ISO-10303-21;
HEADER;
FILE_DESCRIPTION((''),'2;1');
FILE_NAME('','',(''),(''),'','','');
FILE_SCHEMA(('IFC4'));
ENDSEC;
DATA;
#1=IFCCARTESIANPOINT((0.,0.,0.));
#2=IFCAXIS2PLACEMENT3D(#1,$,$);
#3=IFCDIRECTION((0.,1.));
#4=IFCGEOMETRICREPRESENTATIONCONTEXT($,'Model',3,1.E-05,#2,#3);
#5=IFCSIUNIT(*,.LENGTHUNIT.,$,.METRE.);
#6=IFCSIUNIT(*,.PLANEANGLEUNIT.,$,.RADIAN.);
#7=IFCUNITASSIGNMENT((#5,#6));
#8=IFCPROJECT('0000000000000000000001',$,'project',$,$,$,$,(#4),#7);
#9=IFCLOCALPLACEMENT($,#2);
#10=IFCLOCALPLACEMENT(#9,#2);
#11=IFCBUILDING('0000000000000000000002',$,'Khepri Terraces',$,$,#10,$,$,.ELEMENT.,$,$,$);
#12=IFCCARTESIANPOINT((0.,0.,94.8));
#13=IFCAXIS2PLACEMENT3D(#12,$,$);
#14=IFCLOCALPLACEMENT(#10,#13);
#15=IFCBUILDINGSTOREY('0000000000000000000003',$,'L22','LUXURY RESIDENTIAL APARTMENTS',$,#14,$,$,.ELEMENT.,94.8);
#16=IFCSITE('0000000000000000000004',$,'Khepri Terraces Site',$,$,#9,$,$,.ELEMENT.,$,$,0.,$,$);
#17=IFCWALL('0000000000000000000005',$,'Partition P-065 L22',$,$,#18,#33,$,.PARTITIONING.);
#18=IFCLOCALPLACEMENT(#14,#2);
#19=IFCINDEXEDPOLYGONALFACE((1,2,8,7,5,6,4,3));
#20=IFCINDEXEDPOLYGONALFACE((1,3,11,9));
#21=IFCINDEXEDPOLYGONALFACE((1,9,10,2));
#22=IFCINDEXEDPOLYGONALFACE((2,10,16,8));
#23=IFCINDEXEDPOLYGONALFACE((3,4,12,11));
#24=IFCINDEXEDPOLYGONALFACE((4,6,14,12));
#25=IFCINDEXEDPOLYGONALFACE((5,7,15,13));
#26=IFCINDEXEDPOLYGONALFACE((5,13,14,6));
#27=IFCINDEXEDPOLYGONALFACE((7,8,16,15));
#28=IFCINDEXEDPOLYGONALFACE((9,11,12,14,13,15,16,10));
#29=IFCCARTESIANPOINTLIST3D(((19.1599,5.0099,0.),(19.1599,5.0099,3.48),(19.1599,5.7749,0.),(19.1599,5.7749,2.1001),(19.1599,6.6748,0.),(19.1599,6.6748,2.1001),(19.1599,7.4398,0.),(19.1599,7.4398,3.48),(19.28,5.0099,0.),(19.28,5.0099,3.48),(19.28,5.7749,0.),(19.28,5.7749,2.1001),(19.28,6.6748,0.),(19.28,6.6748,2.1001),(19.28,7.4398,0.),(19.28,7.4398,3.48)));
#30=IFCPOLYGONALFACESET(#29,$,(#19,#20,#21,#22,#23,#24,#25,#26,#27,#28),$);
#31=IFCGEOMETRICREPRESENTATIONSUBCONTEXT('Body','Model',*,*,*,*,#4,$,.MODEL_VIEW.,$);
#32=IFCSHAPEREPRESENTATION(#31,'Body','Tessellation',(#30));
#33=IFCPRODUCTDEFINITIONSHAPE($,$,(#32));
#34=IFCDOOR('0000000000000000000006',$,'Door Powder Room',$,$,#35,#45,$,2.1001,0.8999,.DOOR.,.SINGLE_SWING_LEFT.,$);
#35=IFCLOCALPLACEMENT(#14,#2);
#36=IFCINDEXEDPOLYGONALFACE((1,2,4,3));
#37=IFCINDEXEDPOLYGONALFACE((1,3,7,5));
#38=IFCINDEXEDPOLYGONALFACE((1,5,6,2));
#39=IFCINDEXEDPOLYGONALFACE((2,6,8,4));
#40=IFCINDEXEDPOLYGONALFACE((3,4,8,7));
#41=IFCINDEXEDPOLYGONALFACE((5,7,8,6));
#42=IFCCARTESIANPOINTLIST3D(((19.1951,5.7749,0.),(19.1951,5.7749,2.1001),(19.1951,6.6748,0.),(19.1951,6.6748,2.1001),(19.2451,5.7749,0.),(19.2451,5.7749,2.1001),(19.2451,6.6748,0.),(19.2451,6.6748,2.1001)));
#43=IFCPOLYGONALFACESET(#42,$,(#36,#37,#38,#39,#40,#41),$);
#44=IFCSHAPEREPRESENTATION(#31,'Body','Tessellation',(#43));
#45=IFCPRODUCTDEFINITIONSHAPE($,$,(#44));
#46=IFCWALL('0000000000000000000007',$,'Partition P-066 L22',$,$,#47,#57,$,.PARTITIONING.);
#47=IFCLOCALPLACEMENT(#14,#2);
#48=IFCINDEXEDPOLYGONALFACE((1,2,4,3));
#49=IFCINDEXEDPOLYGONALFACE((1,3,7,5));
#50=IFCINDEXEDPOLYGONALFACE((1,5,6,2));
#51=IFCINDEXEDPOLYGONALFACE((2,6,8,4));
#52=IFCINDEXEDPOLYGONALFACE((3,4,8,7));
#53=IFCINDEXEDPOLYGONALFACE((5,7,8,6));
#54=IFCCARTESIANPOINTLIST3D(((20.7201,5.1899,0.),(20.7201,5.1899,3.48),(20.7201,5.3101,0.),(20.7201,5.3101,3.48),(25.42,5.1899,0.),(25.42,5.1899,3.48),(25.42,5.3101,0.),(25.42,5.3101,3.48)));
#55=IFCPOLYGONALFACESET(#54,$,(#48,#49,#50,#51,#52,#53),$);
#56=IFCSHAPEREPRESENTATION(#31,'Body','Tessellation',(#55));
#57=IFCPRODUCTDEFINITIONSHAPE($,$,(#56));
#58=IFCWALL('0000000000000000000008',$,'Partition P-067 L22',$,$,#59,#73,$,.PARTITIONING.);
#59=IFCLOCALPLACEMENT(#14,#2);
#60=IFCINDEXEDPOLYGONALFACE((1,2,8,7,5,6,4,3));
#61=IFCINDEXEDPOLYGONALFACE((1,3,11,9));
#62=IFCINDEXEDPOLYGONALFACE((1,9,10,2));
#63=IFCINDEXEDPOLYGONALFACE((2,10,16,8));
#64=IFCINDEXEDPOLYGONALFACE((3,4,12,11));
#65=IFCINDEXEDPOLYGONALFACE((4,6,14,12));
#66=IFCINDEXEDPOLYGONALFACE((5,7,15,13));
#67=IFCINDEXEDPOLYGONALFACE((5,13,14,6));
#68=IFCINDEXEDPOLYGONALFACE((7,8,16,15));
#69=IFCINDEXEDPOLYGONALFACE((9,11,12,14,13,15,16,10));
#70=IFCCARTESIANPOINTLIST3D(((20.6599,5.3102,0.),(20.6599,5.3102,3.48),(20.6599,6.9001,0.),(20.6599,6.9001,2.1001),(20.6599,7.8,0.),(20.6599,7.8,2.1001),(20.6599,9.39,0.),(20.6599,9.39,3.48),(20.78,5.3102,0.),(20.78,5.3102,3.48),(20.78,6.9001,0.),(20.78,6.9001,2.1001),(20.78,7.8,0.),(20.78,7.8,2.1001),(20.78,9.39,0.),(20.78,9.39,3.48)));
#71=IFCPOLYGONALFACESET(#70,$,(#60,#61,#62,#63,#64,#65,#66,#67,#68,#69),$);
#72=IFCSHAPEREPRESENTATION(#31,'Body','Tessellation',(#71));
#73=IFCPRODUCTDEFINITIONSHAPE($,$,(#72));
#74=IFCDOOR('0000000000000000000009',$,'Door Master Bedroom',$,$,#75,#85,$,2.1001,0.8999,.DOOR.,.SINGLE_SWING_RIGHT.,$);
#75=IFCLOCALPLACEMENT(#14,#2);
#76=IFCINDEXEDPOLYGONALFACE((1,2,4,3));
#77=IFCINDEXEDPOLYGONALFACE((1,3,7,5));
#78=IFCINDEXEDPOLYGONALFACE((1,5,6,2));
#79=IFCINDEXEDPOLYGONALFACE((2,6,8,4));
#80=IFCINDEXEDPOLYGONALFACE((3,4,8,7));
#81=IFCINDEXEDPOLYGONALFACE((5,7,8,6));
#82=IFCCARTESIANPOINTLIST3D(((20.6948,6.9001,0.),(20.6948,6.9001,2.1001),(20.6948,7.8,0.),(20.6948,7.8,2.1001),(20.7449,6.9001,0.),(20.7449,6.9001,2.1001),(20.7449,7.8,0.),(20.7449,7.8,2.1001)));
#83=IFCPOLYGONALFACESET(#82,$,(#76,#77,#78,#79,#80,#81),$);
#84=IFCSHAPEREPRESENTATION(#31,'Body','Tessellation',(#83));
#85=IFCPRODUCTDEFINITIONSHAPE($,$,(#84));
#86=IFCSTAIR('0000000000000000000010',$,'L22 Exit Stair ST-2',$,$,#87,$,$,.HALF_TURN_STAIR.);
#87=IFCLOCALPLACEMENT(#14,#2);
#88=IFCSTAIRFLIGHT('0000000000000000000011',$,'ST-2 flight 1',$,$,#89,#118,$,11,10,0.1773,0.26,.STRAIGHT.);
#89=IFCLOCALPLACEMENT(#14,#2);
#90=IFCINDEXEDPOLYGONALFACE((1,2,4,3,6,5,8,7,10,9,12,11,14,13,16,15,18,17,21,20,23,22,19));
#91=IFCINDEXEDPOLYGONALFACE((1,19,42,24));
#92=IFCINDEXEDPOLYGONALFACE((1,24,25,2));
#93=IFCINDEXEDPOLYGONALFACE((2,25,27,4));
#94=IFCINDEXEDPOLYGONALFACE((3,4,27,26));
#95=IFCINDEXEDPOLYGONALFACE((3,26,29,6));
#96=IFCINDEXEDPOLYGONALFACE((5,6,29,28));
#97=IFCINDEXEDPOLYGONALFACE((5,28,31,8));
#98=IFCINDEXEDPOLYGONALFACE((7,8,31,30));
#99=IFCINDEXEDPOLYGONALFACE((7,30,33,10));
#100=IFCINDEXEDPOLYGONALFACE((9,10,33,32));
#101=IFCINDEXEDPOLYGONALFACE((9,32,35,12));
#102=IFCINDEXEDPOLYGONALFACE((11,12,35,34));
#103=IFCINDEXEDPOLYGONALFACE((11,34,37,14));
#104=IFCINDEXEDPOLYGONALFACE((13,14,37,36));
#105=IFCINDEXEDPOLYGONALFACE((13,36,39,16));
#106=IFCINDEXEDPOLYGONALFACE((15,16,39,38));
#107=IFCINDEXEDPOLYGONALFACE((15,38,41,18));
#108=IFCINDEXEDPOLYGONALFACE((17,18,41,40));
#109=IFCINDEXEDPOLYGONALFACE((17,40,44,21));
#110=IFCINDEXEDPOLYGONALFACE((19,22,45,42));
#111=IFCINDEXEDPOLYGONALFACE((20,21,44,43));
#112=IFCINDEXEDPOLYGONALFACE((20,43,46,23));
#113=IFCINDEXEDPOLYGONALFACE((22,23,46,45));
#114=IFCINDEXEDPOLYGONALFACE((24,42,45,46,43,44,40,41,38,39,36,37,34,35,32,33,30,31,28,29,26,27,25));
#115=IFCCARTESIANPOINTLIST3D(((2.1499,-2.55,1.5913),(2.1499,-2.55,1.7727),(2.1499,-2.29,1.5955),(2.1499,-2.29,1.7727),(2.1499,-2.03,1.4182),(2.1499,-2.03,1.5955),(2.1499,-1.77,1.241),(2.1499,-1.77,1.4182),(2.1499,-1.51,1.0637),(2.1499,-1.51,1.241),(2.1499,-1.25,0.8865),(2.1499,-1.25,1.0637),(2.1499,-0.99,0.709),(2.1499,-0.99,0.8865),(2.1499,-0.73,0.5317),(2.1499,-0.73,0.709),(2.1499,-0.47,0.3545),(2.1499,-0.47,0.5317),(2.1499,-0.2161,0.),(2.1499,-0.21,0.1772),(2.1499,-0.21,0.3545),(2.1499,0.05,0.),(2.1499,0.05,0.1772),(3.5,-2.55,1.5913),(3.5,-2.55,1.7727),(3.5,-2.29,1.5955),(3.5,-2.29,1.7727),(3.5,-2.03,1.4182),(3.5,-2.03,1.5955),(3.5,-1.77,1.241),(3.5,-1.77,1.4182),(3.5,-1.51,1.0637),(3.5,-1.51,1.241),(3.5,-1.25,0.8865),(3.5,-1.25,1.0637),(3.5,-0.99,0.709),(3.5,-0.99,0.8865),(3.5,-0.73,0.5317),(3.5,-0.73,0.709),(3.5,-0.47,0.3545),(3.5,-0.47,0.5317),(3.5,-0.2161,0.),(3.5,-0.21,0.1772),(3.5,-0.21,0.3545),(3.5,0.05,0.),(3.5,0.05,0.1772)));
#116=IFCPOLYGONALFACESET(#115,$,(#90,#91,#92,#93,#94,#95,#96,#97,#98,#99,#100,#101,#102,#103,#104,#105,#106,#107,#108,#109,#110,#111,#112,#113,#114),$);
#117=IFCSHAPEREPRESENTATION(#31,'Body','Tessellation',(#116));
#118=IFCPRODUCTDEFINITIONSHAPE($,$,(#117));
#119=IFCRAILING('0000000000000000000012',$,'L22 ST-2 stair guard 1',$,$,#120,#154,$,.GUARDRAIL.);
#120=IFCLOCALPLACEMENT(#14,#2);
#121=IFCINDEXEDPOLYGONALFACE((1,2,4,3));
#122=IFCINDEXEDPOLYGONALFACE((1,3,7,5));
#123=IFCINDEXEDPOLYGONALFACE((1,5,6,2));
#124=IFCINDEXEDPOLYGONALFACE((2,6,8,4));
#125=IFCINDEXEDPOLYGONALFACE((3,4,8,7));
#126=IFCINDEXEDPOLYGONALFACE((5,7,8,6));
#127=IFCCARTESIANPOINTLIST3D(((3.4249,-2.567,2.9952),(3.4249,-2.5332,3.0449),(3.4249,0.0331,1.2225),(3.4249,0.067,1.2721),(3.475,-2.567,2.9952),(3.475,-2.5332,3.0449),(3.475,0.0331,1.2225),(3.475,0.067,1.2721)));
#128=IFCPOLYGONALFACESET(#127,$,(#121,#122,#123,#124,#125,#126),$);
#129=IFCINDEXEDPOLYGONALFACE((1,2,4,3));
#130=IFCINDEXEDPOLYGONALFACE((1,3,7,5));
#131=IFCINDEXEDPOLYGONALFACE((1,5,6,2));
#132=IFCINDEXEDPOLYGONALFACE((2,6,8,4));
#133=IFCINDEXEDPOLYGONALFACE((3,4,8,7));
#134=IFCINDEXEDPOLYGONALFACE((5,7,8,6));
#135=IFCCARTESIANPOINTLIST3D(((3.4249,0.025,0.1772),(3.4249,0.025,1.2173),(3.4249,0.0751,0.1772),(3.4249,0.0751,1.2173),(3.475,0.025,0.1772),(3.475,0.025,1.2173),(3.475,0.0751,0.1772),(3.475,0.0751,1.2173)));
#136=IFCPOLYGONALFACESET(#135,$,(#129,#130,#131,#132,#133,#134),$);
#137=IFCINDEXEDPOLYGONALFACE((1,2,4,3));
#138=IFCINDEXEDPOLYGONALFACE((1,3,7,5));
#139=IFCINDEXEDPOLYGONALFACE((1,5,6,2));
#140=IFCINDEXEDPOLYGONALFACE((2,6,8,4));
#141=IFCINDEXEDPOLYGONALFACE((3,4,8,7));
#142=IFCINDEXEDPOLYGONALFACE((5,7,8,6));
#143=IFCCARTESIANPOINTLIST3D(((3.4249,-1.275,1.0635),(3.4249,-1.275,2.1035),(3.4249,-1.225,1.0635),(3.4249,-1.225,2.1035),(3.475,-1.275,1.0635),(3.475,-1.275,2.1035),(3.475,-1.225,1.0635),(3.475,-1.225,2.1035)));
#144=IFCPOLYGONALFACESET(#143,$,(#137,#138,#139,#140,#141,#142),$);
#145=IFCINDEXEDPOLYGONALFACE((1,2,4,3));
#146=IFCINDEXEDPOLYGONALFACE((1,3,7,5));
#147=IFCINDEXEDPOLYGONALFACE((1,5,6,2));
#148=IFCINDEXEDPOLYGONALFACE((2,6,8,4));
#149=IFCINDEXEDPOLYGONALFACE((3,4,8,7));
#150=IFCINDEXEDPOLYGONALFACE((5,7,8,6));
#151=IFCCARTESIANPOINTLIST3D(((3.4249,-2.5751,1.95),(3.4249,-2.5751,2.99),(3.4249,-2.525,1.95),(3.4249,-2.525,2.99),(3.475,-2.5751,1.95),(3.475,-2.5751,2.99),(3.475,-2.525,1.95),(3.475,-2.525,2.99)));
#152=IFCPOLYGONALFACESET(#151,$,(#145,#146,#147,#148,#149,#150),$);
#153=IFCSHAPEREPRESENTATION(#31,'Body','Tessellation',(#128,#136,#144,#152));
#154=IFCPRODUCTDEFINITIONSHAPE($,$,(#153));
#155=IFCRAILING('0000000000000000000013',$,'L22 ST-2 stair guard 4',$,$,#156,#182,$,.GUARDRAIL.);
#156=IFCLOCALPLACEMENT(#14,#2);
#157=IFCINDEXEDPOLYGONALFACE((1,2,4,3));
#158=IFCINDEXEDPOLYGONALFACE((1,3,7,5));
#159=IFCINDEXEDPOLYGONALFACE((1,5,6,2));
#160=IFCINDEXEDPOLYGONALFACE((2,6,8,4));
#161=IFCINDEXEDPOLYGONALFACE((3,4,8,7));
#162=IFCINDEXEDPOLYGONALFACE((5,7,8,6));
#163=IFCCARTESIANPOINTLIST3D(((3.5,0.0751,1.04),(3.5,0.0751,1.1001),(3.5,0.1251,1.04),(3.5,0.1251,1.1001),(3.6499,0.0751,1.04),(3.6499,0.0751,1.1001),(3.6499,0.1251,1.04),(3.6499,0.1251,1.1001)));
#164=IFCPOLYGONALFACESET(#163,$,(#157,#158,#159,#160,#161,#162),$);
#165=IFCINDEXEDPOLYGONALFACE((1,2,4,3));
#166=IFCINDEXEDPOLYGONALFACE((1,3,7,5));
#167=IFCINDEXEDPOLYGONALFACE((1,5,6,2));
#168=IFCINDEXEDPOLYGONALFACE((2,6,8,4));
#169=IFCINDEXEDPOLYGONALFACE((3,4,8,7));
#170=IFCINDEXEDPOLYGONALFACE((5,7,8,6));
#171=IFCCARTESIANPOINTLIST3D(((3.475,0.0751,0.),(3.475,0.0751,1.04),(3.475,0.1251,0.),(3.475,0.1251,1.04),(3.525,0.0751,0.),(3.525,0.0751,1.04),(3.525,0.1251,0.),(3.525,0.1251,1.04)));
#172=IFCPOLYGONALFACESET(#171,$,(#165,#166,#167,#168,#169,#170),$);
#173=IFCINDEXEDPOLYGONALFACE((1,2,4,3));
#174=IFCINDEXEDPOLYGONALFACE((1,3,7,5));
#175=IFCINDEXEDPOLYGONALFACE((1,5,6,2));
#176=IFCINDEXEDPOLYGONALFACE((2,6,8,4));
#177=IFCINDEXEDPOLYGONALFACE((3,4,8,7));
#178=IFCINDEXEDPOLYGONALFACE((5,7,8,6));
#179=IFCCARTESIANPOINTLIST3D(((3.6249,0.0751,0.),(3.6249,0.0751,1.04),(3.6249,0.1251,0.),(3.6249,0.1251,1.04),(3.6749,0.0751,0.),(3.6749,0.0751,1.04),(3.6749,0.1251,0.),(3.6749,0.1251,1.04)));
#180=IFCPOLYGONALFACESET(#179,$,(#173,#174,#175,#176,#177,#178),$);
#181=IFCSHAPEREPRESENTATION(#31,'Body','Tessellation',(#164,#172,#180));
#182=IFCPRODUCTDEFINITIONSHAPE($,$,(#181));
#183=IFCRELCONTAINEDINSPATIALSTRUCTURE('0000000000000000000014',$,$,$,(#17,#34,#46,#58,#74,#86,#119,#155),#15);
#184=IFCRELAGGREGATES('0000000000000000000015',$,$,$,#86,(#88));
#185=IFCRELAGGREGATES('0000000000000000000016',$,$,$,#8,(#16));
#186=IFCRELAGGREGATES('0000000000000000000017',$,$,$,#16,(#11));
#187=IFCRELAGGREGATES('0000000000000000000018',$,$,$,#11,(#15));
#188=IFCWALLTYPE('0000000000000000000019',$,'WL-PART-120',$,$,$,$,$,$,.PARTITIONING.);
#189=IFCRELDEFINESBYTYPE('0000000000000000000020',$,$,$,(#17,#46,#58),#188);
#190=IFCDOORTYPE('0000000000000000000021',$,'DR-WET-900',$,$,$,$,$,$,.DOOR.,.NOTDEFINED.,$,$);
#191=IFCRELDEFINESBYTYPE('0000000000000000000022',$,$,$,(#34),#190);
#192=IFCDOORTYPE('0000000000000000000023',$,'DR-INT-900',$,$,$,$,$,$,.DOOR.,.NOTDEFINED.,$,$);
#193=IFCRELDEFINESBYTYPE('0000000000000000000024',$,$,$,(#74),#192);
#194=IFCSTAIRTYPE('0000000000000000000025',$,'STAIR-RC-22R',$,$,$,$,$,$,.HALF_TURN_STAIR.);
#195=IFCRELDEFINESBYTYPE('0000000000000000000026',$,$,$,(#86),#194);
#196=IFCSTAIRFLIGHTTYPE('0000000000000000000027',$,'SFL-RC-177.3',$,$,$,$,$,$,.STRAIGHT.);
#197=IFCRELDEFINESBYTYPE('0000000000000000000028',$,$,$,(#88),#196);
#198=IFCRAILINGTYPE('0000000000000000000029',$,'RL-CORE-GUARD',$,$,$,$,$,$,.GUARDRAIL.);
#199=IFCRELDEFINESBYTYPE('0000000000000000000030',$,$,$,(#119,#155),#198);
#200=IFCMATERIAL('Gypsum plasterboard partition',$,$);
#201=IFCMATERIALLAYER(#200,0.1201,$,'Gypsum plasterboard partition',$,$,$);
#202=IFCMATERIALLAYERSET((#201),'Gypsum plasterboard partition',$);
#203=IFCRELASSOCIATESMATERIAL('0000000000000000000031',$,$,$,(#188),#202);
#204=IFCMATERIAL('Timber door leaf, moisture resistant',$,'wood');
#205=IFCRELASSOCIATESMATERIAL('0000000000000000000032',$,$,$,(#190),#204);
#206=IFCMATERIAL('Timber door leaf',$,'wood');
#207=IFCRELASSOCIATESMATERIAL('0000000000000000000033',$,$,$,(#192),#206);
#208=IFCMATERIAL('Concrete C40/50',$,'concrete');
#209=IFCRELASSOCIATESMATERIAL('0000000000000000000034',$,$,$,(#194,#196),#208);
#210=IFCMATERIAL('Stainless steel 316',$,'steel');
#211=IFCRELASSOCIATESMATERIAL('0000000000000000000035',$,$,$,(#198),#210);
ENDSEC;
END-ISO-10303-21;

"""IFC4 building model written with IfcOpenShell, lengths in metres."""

from ifc_helpers import new_model, si_unit, direction, frame, frame_2d, origin, origin_2d, place, context, subcontext, project, spatial, polyline, rectangle, outline, extrude, material, layer, layer_set, type_object, element, fill, aggregate, save


model = new_model("IFC4")

# Units and contexts
model_context = context("Model", 3, precision=1e-05, world=origin(), true_north=direction((0.0, 1.0)))
body_context = subcontext(model_context, "Body", "Model", "MODEL_VIEW")
ifc_project = project(units=[si_unit("LENGTHUNIT", "METRE"), si_unit("PLANEANGLEUNIT", "RADIAN")], contexts=[model_context])

# Site, building, storey
site_placement = place(None, origin())
site = spatial("IfcSite", under=ifc_project, at=site_placement, Name="Khepri Terraces Site", CompositionType="ELEMENT", RefElevation=0.0)
building_placement = place(site_placement, origin())
building = spatial("IfcBuilding", under=site, at=building_placement, Name="Khepri Terraces", CompositionType="ELEMENT")
storey_placement = place(building_placement, frame((0.0, 0.0, 94.8)))
storey = spatial("IfcBuildingStorey", under=building, at=storey_placement, Name="L22", Description="LUXURY RESIDENTIAL APARTMENTS", CompositionType="ELEMENT", Elevation=94.8)

# Shared definitions
ifc_material_1 = material(Name="Gypsum plasterboard partition")
ifc_layer_1 = layer(ifc_material_1, 0.1201, Name="Gypsum plasterboard partition")
ifc_layer_set_1 = layer_set([ifc_layer_1], Name="Gypsum plasterboard partition")
wall_type_1 = type_object("IfcWallType", Name="WL-PART-120", PredefinedType="PARTITIONING", material=ifc_layer_set_1)
ifc_material_2 = material(Name="Timber door leaf, moisture resistant", Category="wood")
door_type_1 = type_object("IfcDoorType", Name="DR-WET-900", OperationType="NOTDEFINED", PredefinedType="DOOR", material=ifc_material_2)

# Wall, opening, door
wall_1_placement = place(storey_placement, frame((19.22, 5.01, 0.0), z_axis=(0.0, 0.0, 1.0), x_axis=(0.0, 1.0, 0.0)))
wall_1 = element("IfcWall", 1, at=wall_1_placement, inside=storey, type_object=wall_type_1, Name="Partition P-065 L22", PredefinedType="PARTITIONING", context=body_context, shape_type="SweptSolid", body=[
    extrude(rectangle(XDim=2.4299, YDim=0.1201, at=frame_2d((1.2148, 0.0))), origin(), (0.0, 0.0, 1.0), 3.48),
])
opening_1_placement = place(wall_1_placement, frame((0.7649, 0.0, 0.0)))
opening_1 = element("IfcOpeningElement", 2, at=opening_1_placement, cuts=wall_1, PredefinedType="OPENING", context=body_context, shape_type="SweptSolid", body=[
    extrude(rectangle(XDim=0.8999, YDim=2.1001, at=frame_2d((0.45, 1.05))), frame((0.0, 0.0701, 0.0), z_axis=(0.0, -1.0, 0.0), x_axis=(1.0, 0.0, 0.0)), (0.0, 0.0, 1.0), 0.1401),
])
door_1_placement = place(opening_1_placement, origin())
door_1 = element("IfcDoor", 3, at=door_1_placement, inside=storey, type_object=door_type_1, Name="Door Powder Room", OperationType="SINGLE_SWING_LEFT", OverallHeight=2.1001, OverallWidth=0.8999, PredefinedType="DOOR", context=body_context, shape_type="SweptSolid", body=[
    extrude(rectangle(XDim=0.8999, YDim=2.1001, at=frame_2d((0.45, 1.05))), frame((0.0, 0.0249, 0.0), z_axis=(0.0, -1.0, 0.0), x_axis=(1.0, 0.0, 0.0)), (0.0, 0.0, 1.0), 0.05),
])
fill(opening_1, door_1)

# Wall
wall_2_placement = place(storey_placement, frame((20.72, 5.25, 0.0), z_axis=(0.0, 0.0, 1.0), x_axis=(1.0, 0.0, 0.0)))
element("IfcWall", 4, at=wall_2_placement, inside=storey, type_object=wall_type_1, Name="Partition P-066 L22", PredefinedType="PARTITIONING", context=body_context, shape_type="SweptSolid", body=[
    extrude(rectangle(XDim=4.7, YDim=0.1201, at=frame_2d((2.3501, 0.0))), origin(), (0.0, 0.0, 1.0), 3.48),
])

# Wall, opening, door
wall_3_placement = place(storey_placement, frame((20.72, 5.3101, 0.0), z_axis=(0.0, 0.0, 1.0), x_axis=(0.0, 1.0, 0.0)))
wall_3 = element("IfcWall", 5, at=wall_3_placement, inside=storey, type_object=wall_type_1, Name="Partition P-067 L22", PredefinedType="PARTITIONING", context=body_context, shape_type="SweptSolid", body=[
    extrude(rectangle(XDim=4.0798, YDim=0.1201, at=frame_2d((2.04, 0.0))), origin(), (0.0, 0.0, 1.0), 3.48),
])
opening_2_placement = place(wall_3_placement, frame((1.5901, 0.0, 0.0)))
opening_2 = element("IfcOpeningElement", 6, at=opening_2_placement, cuts=wall_3, PredefinedType="OPENING", context=body_context, shape_type="SweptSolid", body=[
    extrude(rectangle(XDim=0.8999, YDim=2.1001, at=frame_2d((0.45, 1.05))), frame((0.0, 0.0701, 0.0), z_axis=(0.0, -1.0, 0.0), x_axis=(1.0, 0.0, 0.0)), (0.0, 0.0, 1.0), 0.1401),
])
ifc_material_3 = material(Name="Timber door leaf", Category="wood")
door_type_2 = type_object("IfcDoorType", Name="DR-INT-900", OperationType="NOTDEFINED", PredefinedType="DOOR", material=ifc_material_3)
door_2_placement = place(opening_2_placement, frame((0.8999, 0.0, 0.0), z_axis=(0.0, 0.0, 1.0), x_axis=(-1.0, 0.0, 0.0)))
door_2 = element("IfcDoor", 7, at=door_2_placement, inside=storey, type_object=door_type_2, Name="Door Master Bedroom", OperationType="SINGLE_SWING_RIGHT", OverallHeight=2.1001, OverallWidth=0.8999, PredefinedType="DOOR", context=body_context, shape_type="SweptSolid", body=[
    extrude(rectangle(XDim=0.8999, YDim=2.1001, at=frame_2d((0.45, 1.05))), frame((0.0, 0.0249, 0.0), z_axis=(0.0, -1.0, 0.0), x_axis=(1.0, 0.0, 0.0)), (0.0, 0.0, 1.0), 0.05),
])
fill(opening_2, door_2)

# Stair, stair flight
ifc_material_4 = material(Name="Concrete C40/50", Category="concrete")
stair_type = type_object("IfcStairType", Name="STAIR-RC-22R", PredefinedType="HALF_TURN_STAIR", material=ifc_material_4)
stair_placement = place(storey_placement, origin())
stair = element("IfcStair", 8, at=stair_placement, inside=storey, type_object=stair_type, Name="L22 Exit Stair ST-2", PredefinedType="HALF_TURN_STAIR")
stair_flight_type = type_object("IfcStairFlightType", Name="SFL-RC-177.3", PredefinedType="STRAIGHT", material=ifc_material_4)
stair_flight_placement = place(storey_placement, frame((2.825, 0.05, 0.0), z_axis=(0.0, 0.0, 1.0), x_axis=(0.0, -1.0, 0.0)))
stair_flight = element("IfcStairFlight", 9, at=stair_flight_placement, type_object=stair_flight_type, Name="ST-2 flight 1", NumberOfRisers=11, NumberOfTreads=10, PredefinedType="STRAIGHT", RiserHeight=0.1773, TreadLength=0.26, context=body_context, shape_type="SweptSolid", body=[
    extrude(outline(polyline([(0.0, 0.0), (0.0, 0.1772), (0.26, 0.1772), (0.26, 0.3545), (0.52, 0.3545), (0.52, 0.5317), (0.78, 0.5317), (0.78, 0.709), (1.04, 0.709), (1.04, 0.8865), (1.3, 0.8865), (1.3, 1.0637), (1.5601, 1.0637), (1.5601, 1.241), (1.8201, 1.241), (1.8201, 1.4182), (2.0801, 1.4182), (2.0801, 1.5955), (2.3401, 1.5955), (2.3401, 1.7727), (2.6001, 1.7727), (2.6001, 1.95), (2.6001, 1.5913), (0.2661, 0.0), (0.0, 0.0)])), frame((0.0, 0.675, 0.0), z_axis=(0.0, -1.0, 0.0), x_axis=(1.0, 0.0, 0.0)), (0.0, 0.0, 1.0), 1.3501),
])
aggregate(stair, [stair_flight])

# Railings
ifc_material_5 = material(Name="Stainless steel 316", Category="steel")
railing_type_1 = type_object("IfcRailingType", Name="RL-CORE-GUARD", PredefinedType="GUARDRAIL", material=ifc_material_5)
railing_1_placement = place(storey_placement, frame((3.45, 0.05, 0.1772)))
element("IfcRailing", 10, at=railing_1_placement, inside=storey, type_object=railing_type_1, Name="L22 ST-2 stair guard 1", PredefinedType="GUARDRAIL", context=body_context, shape_type="SweptSolid", body=[
    extrude(rectangle(XDim=0.05, YDim=0.0601, at=origin_2d()), frame((0.0, 0.0, 1.0701), z_axis=(0.0, -0.82624, 0.563318), x_axis=(1.0, 0.0, 0.0)), (0.0, 0.0, 1.0), 3.147),
    extrude(rectangle(XDim=0.05, YDim=0.05, at=origin_2d()), origin(), (0.0, 0.0, 1.0), 1.04),
    extrude(rectangle(XDim=0.05, YDim=0.05, at=origin_2d()), frame((0.0, -1.3, 0.8862)), (0.0, 0.0, 1.0), 1.04),
    extrude(rectangle(XDim=0.05, YDim=0.05, at=origin_2d()), frame((0.0, -2.6001, 1.7727)), (0.0, 0.0, 1.0), 1.04),
])
railing_2_placement = place(storey_placement, frame((3.5, 0.1001, 0.0)))
element("IfcRailing", 11, at=railing_2_placement, inside=storey, type_object=railing_type_1, Name="L22 ST-2 stair guard 4", PredefinedType="GUARDRAIL", context=body_context, shape_type="SweptSolid", body=[
    extrude(rectangle(XDim=0.05, YDim=0.0601, at=origin_2d()), frame((0.0, 0.0, 1.0701), z_axis=(1.0, 0.0, 0.0), x_axis=(0.0, 1.0, 0.0)), (0.0, 0.0, 1.0), 0.1499),
    extrude(rectangle(XDim=0.05, YDim=0.05, at=origin_2d()), origin(), (0.0, 0.0, 1.0), 1.04),
    extrude(rectangle(XDim=0.05, YDim=0.05, at=origin_2d()), frame((0.1499, 0.0, 0.0)), (0.0, 0.0, 1.0), 1.04),
])

save(model, "model.ifc")
